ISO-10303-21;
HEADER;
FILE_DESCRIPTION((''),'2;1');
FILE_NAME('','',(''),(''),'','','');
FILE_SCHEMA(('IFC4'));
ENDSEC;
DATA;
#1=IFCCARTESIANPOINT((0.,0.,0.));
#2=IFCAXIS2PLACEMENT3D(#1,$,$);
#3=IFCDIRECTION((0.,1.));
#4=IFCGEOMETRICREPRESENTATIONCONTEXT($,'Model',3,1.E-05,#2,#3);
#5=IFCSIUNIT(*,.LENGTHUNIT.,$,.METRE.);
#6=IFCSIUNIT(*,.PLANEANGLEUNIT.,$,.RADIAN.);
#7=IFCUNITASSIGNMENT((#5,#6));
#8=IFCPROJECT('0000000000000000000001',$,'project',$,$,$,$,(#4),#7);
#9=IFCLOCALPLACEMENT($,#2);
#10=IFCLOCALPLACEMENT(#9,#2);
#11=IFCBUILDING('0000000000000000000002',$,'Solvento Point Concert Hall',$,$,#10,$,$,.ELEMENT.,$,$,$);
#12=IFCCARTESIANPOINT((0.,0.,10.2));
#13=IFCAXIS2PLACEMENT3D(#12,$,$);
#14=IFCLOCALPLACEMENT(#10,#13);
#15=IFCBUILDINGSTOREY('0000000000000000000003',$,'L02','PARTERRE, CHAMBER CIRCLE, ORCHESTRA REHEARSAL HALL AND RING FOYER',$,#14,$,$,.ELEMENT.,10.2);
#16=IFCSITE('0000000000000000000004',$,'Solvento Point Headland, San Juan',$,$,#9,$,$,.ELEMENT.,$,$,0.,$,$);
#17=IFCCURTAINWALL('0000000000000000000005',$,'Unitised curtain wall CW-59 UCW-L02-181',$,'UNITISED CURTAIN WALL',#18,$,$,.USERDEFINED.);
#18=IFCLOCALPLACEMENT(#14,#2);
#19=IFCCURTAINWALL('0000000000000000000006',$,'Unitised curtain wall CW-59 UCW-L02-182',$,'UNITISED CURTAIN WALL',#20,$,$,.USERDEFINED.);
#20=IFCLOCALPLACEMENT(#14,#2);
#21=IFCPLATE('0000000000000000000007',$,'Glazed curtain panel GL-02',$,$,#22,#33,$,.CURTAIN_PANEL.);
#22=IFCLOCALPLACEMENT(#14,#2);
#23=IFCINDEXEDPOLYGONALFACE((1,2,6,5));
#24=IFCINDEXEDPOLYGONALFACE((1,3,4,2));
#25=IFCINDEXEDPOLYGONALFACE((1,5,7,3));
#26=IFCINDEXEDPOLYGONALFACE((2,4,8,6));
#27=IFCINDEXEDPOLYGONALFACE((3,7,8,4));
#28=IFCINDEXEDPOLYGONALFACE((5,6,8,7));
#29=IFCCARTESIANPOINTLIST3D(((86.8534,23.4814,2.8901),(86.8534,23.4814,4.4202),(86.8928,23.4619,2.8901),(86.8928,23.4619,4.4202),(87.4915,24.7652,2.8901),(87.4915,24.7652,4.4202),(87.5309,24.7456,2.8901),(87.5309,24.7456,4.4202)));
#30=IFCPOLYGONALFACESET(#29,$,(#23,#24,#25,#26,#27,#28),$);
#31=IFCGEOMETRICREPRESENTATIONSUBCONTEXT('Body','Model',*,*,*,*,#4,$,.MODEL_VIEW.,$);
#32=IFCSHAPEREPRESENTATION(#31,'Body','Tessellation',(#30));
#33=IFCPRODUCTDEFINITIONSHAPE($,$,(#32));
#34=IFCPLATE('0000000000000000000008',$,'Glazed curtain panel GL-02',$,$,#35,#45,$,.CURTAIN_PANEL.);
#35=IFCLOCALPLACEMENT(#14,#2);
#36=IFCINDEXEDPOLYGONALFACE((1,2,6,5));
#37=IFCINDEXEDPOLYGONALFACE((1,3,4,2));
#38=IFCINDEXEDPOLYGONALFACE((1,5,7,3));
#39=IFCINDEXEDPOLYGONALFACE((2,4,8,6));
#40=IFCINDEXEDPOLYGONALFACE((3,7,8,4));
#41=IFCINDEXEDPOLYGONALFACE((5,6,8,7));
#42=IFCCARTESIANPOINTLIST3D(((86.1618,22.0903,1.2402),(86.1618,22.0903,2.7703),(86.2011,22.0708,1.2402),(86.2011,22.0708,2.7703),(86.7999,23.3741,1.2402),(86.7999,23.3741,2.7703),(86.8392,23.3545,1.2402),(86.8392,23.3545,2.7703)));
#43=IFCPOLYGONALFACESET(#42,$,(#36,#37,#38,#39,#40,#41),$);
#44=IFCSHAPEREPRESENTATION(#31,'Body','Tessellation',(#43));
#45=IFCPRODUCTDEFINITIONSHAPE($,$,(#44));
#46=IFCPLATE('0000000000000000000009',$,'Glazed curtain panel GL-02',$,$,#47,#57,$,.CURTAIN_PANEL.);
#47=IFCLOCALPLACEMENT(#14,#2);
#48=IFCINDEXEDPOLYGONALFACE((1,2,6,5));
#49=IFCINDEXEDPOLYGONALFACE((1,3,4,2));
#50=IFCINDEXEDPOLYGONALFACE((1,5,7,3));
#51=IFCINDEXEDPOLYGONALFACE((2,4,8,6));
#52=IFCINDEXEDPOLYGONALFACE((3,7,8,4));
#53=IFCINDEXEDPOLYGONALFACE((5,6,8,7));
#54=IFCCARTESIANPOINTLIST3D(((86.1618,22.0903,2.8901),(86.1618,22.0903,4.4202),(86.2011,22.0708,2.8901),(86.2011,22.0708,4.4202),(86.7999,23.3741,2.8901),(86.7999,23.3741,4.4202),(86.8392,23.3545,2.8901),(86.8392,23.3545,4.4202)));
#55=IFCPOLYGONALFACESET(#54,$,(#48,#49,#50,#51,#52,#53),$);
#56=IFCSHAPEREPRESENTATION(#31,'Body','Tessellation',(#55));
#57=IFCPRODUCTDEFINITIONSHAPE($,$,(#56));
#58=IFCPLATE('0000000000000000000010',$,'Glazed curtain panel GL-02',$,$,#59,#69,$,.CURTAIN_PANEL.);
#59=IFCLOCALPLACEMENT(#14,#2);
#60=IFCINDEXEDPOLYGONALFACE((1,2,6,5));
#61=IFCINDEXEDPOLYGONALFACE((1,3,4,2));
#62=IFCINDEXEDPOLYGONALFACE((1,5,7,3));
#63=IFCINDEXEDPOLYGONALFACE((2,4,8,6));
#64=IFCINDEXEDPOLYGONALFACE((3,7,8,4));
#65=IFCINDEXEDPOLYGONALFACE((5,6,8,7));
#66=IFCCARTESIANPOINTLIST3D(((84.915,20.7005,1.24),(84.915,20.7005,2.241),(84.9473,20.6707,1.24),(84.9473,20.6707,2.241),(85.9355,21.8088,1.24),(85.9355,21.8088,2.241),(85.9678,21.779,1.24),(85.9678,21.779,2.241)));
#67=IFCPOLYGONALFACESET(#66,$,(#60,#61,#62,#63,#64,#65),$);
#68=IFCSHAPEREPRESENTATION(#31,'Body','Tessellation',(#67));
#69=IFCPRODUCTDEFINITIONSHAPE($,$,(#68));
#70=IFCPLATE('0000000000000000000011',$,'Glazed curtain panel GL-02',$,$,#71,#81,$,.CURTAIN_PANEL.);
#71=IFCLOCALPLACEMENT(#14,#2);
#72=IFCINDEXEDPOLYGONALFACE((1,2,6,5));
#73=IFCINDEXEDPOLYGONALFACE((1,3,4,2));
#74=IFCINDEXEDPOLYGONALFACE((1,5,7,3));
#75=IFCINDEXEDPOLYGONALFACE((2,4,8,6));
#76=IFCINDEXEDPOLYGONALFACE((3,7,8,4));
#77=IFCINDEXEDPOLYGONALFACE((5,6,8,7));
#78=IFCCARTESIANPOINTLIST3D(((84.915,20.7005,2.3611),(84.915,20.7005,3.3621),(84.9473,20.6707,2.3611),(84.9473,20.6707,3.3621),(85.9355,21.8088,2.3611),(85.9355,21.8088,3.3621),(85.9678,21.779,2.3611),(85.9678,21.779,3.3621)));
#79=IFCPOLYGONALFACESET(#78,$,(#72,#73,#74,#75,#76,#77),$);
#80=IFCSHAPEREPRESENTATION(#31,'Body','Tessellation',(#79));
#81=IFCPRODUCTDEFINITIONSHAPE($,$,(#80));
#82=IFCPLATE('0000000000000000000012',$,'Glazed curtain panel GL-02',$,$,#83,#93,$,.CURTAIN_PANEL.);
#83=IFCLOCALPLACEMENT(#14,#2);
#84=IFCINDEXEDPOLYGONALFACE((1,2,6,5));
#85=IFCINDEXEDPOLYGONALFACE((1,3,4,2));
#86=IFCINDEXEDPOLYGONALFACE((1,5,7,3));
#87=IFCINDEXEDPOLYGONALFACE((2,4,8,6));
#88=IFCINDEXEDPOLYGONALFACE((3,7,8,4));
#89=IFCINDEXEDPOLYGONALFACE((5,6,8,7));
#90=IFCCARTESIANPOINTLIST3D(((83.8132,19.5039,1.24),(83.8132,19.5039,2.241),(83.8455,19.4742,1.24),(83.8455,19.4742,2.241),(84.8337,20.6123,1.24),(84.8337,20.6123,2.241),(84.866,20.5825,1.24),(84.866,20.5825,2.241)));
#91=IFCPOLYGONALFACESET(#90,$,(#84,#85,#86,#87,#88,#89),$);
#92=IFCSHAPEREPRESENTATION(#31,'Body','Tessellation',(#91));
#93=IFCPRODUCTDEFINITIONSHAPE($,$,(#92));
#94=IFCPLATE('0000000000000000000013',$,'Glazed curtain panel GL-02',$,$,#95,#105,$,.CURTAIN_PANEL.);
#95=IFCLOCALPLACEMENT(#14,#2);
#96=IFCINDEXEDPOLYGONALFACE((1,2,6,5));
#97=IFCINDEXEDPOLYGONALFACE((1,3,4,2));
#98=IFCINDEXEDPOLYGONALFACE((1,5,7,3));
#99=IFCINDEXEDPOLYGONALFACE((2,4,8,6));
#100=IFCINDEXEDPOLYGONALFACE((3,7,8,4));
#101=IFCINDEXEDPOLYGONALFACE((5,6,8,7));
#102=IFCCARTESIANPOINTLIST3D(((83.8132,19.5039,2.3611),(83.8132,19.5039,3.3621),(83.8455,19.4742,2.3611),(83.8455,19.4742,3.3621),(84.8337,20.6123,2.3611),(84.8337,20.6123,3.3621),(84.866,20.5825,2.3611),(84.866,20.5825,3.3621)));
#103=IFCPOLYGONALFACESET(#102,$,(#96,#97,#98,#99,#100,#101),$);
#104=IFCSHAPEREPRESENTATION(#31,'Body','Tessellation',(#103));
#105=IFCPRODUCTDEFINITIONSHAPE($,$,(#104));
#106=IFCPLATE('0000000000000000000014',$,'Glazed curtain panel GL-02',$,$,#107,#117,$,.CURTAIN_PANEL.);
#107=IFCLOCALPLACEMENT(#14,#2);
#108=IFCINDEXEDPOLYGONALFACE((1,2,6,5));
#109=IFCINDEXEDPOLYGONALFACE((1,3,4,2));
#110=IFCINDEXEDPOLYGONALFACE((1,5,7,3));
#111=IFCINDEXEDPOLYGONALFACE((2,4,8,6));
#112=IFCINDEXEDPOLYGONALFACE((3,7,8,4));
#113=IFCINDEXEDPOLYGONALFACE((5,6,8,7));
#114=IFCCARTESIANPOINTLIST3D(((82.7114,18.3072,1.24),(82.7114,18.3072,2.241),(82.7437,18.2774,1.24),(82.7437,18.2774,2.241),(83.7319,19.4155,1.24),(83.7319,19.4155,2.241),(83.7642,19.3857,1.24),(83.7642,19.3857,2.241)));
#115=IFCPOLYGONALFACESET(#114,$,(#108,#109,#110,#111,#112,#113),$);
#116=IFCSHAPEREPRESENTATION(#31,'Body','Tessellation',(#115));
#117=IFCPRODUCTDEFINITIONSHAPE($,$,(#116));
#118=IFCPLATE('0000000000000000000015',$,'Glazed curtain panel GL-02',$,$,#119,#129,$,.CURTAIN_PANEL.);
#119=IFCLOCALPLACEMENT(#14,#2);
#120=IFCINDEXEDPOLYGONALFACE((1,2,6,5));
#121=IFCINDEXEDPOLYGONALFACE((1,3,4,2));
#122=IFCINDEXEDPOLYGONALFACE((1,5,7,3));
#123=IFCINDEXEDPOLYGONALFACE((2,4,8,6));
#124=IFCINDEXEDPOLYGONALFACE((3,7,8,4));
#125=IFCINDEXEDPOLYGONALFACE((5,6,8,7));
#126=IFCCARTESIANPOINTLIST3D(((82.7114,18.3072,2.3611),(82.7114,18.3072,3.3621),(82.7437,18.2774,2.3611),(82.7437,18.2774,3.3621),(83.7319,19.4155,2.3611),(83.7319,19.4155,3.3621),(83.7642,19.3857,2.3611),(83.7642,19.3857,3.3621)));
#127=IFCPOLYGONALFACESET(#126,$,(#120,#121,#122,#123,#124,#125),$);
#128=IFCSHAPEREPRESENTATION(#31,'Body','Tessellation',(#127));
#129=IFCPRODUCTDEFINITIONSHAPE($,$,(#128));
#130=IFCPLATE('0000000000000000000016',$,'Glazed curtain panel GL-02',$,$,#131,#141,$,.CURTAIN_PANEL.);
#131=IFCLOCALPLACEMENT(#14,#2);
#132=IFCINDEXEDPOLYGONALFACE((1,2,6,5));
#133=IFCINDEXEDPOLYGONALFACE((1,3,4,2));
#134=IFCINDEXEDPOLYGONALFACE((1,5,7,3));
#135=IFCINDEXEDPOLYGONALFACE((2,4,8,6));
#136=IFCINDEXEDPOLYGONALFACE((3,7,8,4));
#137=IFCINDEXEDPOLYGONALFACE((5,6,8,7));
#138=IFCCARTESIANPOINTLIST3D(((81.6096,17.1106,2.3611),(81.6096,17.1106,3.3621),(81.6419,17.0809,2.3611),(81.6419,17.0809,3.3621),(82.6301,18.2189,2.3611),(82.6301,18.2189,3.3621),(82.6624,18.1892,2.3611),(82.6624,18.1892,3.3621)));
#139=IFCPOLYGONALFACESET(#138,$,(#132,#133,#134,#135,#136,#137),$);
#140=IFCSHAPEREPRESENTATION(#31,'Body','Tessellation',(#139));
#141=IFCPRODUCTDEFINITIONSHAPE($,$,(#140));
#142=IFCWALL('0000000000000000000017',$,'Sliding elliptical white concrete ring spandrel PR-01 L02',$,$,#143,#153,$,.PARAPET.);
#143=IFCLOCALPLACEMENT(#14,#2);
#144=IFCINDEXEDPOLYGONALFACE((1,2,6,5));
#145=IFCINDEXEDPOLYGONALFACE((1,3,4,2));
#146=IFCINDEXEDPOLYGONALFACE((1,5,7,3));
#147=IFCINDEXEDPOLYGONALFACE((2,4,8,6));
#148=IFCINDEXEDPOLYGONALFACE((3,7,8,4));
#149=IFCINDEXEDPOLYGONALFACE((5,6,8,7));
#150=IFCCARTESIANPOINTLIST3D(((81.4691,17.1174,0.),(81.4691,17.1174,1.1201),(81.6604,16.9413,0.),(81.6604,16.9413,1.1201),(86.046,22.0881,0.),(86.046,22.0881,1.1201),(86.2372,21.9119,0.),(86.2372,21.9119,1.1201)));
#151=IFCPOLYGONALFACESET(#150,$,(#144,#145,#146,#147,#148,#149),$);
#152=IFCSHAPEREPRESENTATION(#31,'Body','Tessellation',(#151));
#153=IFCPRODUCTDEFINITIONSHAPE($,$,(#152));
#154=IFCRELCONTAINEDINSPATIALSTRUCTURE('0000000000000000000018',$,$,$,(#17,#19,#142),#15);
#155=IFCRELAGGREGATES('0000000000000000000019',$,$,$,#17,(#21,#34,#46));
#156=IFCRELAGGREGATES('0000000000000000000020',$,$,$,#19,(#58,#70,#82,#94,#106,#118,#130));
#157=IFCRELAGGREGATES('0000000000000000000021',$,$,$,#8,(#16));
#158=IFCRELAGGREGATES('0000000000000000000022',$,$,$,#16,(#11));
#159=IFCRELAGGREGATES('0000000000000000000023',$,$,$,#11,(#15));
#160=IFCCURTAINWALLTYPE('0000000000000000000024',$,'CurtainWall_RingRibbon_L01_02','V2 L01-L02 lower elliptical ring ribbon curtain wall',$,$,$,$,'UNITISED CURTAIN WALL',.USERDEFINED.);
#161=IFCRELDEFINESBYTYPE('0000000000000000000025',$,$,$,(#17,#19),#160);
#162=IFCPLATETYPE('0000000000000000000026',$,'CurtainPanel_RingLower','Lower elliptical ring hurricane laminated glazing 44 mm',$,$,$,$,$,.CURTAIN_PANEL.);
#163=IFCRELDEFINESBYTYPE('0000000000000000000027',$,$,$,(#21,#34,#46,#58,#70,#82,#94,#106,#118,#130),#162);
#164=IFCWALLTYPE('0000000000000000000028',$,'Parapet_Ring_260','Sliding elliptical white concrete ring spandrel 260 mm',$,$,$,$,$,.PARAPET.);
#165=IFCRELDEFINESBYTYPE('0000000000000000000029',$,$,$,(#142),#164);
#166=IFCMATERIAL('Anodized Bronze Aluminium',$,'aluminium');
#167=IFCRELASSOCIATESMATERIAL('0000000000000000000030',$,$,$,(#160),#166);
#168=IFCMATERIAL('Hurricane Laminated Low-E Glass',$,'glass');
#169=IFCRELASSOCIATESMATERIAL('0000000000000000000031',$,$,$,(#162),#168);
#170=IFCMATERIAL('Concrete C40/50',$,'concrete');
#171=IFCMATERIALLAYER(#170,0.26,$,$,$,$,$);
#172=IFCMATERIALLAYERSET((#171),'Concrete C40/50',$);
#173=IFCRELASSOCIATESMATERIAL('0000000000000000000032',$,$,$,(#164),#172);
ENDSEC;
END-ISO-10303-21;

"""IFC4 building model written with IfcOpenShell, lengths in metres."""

from ifc_helpers import new_model, si_unit, direction, frame, frame_2d, origin, origin_2d, place, context, subcontext, project, spatial, rectangle, extrude, material, layer, layer_set, type_object, element, aggregate, save


model = new_model("IFC4")

# Units and contexts
model_context = context("Model", 3, precision=1e-05, world=origin(), true_north=direction((0.0, 1.0)))
body_context = subcontext(model_context, "Body", "Model", "MODEL_VIEW")
ifc_project = project(units=[si_unit("LENGTHUNIT", "METRE"), si_unit("PLANEANGLEUNIT", "RADIAN")], contexts=[model_context])

# Site, building, storey
site_placement = place(None, origin())
site = spatial("IfcSite", under=ifc_project, at=site_placement, Name="Solvento Point Headland, San Juan", CompositionType="ELEMENT", RefElevation=0.0)
building_placement = place(site_placement, origin())
building = spatial("IfcBuilding", under=site, at=building_placement, Name="Solvento Point Concert Hall", CompositionType="ELEMENT")
storey_placement = place(building_placement, frame((0.0, 0.0, 10.2)))
storey = spatial("IfcBuildingStorey", under=building, at=storey_placement, Name="L02", Description="PARTERRE, CHAMBER CIRCLE, ORCHESTRA REHEARSAL HALL AND RING FOYER", CompositionType="ELEMENT", Elevation=10.2)

# Curtain walls
ifc_material_1 = material(Name="Anodized Bronze Aluminium", Category="aluminium")
curtain_wall_type = type_object("IfcCurtainWallType", Name="CurtainWall_RingRibbon_L01_02", Description="V2 L01-L02 lower elliptical ring ribbon curtain wall", ElementType="UNITISED CURTAIN WALL", PredefinedType="USERDEFINED", material=ifc_material_1)
curtain_wall_1_placement = place(storey_placement, origin())
curtain_wall_1 = element("IfcCurtainWall", 1, at=curtain_wall_1_placement, inside=storey, type_object=curtain_wall_type, Name="Unitised curtain wall CW-59 UCW-L02-181", ObjectType="UNITISED CURTAIN WALL", PredefinedType="USERDEFINED")
curtain_wall_2_placement = place(storey_placement, origin())
curtain_wall_2 = element("IfcCurtainWall", 2, at=curtain_wall_2_placement, inside=storey, type_object=curtain_wall_type, Name="Unitised curtain wall CW-59 UCW-L02-182", ObjectType="UNITISED CURTAIN WALL", PredefinedType="USERDEFINED")

# Plates
ifc_material_2 = material(Name="Hurricane Laminated Low-E Glass", Category="glass")
plate_type = type_object("IfcPlateType", Name="CurtainPanel_RingLower", Description="Lower elliptical ring hurricane laminated glazing 44 mm", PredefinedType="CURTAIN_PANEL", material=ifc_material_2)
plate_1_placement = place(storey_placement, frame((87.1921, 24.1135, 2.8901), z_axis=(0.0, 0.0, 1.0), x_axis=(-0.445115, -0.895473, 0.0)))
plate_1 = element("IfcPlate", 3, at=plate_1_placement, type_object=plate_type, Name="Glazed curtain panel GL-02", PredefinedType="CURTAIN_PANEL", context=body_context, shape_type="SweptSolid", body=[
    extrude(rectangle(XDim=1.4336, YDim=0.0439, at=origin_2d()), origin(), (0.0, 0.0, 1.0), 1.53),
])
plate_2_placement = place(storey_placement, frame((86.5005, 22.7224, 1.2402), z_axis=(0.0, 0.0, 1.0), x_axis=(-0.445115, -0.895473, 0.0)))
plate_2 = element("IfcPlate", 4, at=plate_2_placement, type_object=plate_type, Name="Glazed curtain panel GL-02", PredefinedType="CURTAIN_PANEL", context=body_context, shape_type="SweptSolid", body=[
    extrude(rectangle(XDim=1.4336, YDim=0.0439, at=origin_2d()), origin(), (0.0, 0.0, 1.0), 1.53),
])
plate_3_placement = place(storey_placement, frame((86.5005, 22.7224, 2.8901), z_axis=(0.0, 0.0, 1.0), x_axis=(-0.445115, -0.895473, 0.0)))
plate_3 = element("IfcPlate", 5, at=plate_3_placement, type_object=plate_type, Name="Glazed curtain panel GL-02", PredefinedType="CURTAIN_PANEL", context=body_context, shape_type="SweptSolid", body=[
    extrude(rectangle(XDim=1.4336, YDim=0.0439, at=origin_2d()), origin(), (0.0, 0.0, 1.0), 1.53),
])
aggregate(curtain_wall_1, [plate_1, plate_2, plate_3])
plate_4_placement = place(storey_placement, frame((85.4414, 21.2397, 1.24), z_axis=(0.0, 0.0, 1.0), x_axis=(-0.677365, -0.735647, 0.0)))
plate_4 = element("IfcPlate", 6, at=plate_4_placement, type_object=plate_type, Name="Glazed curtain panel GL-02", PredefinedType="CURTAIN_PANEL", context=body_context, shape_type="SweptSolid", body=[
    extrude(rectangle(XDim=1.5066, YDim=0.0439, at=origin_2d()), origin(), (0.0, 0.0, 1.0), 1.001),
])
plate_5_placement = place(storey_placement, frame((85.4414, 21.2397, 2.3611), z_axis=(0.0, 0.0, 1.0), x_axis=(-0.677365, -0.735647, 0.0)))
plate_5 = element("IfcPlate", 7, at=plate_5_placement, type_object=plate_type, Name="Glazed curtain panel GL-02", PredefinedType="CURTAIN_PANEL", context=body_context, shape_type="SweptSolid", body=[
    extrude(rectangle(XDim=1.5066, YDim=0.0439, at=origin_2d()), origin(), (0.0, 0.0, 1.0), 1.001),
])
plate_6_placement = place(storey_placement, frame((84.3396, 20.0432, 1.24), z_axis=(0.0, 0.0, 1.0), x_axis=(-0.677365, -0.735647, 0.0)))
plate_6 = element("IfcPlate", 8, at=plate_6_placement, type_object=plate_type, Name="Glazed curtain panel GL-02", PredefinedType="CURTAIN_PANEL", context=body_context, shape_type="SweptSolid", body=[
    extrude(rectangle(XDim=1.5066, YDim=0.0439, at=origin_2d()), origin(), (0.0, 0.0, 1.0), 1.001),
])
plate_7_placement = place(storey_placement, frame((84.3396, 20.0432, 2.3611), z_axis=(0.0, 0.0, 1.0), x_axis=(-0.677365, -0.735647, 0.0)))
plate_7 = element("IfcPlate", 9, at=plate_7_placement, type_object=plate_type, Name="Glazed curtain panel GL-02", PredefinedType="CURTAIN_PANEL", context=body_context, shape_type="SweptSolid", body=[
    extrude(rectangle(XDim=1.5066, YDim=0.0439, at=origin_2d()), origin(), (0.0, 0.0, 1.0), 1.001),
])
plate_8_placement = place(storey_placement, frame((83.2378, 18.8464, 1.24), z_axis=(0.0, 0.0, 1.0), x_axis=(-0.677365, -0.735647, 0.0)))
plate_8 = element("IfcPlate", 10, at=plate_8_placement, type_object=plate_type, Name="Glazed curtain panel GL-02", PredefinedType="CURTAIN_PANEL", context=body_context, shape_type="SweptSolid", body=[
    extrude(rectangle(XDim=1.5066, YDim=0.0439, at=origin_2d()), origin(), (0.0, 0.0, 1.0), 1.001),
])
plate_9_placement = place(storey_placement, frame((83.2378, 18.8464, 2.3611), z_axis=(0.0, 0.0, 1.0), x_axis=(-0.677365, -0.735647, 0.0)))
plate_9 = element("IfcPlate", 11, at=plate_9_placement, type_object=plate_type, Name="Glazed curtain panel GL-02", PredefinedType="CURTAIN_PANEL", context=body_context, shape_type="SweptSolid", body=[
    extrude(rectangle(XDim=1.5066, YDim=0.0439, at=origin_2d()), origin(), (0.0, 0.0, 1.0), 1.001),
])
plate_10_placement = place(storey_placement, frame((82.136, 17.6499, 2.3611), z_axis=(0.0, 0.0, 1.0), x_axis=(-0.677365, -0.735647, 0.0)))
plate_10 = element("IfcPlate", 12, at=plate_10_placement, type_object=plate_type, Name="Glazed curtain panel GL-02", PredefinedType="CURTAIN_PANEL", context=body_context, shape_type="SweptSolid", body=[
    extrude(rectangle(XDim=1.5066, YDim=0.0439, at=origin_2d()), origin(), (0.0, 0.0, 1.0), 1.001),
])
aggregate(curtain_wall_2, [plate_4, plate_5, plate_6, plate_7, plate_8, plate_9, plate_10])

# Wall
ifc_material_3 = material(Name="Concrete C40/50", Category="concrete")
ifc_layer = layer(ifc_material_3, 0.26)
ifc_layer_set = layer_set([ifc_layer], Name="Concrete C40/50")
wall_type = type_object("IfcWallType", Name="Parapet_Ring_260", Description="Sliding elliptical white concrete ring spandrel 260 mm", PredefinedType="PARAPET", material=ifc_layer_set)
wall_placement = place(storey_placement, frame((86.1416, 22.0, 0.0), z_axis=(0.0, 0.0, 1.0), x_axis=(-0.677366, -0.735646, 0.0)))
element("IfcWall", 13, at=wall_placement, inside=storey, type_object=wall_type, Name="Sliding elliptical white concrete ring spandrel PR-01 L02", PredefinedType="PARAPET", context=body_context, shape_type="SweptSolid", body=[
    extrude(rectangle(XDim=6.7568, YDim=0.26, at=frame_2d((3.3784, 0.0))), origin(), (0.0, 0.0, 1.0), 1.1201),
])

save(model, "model.ifc")
